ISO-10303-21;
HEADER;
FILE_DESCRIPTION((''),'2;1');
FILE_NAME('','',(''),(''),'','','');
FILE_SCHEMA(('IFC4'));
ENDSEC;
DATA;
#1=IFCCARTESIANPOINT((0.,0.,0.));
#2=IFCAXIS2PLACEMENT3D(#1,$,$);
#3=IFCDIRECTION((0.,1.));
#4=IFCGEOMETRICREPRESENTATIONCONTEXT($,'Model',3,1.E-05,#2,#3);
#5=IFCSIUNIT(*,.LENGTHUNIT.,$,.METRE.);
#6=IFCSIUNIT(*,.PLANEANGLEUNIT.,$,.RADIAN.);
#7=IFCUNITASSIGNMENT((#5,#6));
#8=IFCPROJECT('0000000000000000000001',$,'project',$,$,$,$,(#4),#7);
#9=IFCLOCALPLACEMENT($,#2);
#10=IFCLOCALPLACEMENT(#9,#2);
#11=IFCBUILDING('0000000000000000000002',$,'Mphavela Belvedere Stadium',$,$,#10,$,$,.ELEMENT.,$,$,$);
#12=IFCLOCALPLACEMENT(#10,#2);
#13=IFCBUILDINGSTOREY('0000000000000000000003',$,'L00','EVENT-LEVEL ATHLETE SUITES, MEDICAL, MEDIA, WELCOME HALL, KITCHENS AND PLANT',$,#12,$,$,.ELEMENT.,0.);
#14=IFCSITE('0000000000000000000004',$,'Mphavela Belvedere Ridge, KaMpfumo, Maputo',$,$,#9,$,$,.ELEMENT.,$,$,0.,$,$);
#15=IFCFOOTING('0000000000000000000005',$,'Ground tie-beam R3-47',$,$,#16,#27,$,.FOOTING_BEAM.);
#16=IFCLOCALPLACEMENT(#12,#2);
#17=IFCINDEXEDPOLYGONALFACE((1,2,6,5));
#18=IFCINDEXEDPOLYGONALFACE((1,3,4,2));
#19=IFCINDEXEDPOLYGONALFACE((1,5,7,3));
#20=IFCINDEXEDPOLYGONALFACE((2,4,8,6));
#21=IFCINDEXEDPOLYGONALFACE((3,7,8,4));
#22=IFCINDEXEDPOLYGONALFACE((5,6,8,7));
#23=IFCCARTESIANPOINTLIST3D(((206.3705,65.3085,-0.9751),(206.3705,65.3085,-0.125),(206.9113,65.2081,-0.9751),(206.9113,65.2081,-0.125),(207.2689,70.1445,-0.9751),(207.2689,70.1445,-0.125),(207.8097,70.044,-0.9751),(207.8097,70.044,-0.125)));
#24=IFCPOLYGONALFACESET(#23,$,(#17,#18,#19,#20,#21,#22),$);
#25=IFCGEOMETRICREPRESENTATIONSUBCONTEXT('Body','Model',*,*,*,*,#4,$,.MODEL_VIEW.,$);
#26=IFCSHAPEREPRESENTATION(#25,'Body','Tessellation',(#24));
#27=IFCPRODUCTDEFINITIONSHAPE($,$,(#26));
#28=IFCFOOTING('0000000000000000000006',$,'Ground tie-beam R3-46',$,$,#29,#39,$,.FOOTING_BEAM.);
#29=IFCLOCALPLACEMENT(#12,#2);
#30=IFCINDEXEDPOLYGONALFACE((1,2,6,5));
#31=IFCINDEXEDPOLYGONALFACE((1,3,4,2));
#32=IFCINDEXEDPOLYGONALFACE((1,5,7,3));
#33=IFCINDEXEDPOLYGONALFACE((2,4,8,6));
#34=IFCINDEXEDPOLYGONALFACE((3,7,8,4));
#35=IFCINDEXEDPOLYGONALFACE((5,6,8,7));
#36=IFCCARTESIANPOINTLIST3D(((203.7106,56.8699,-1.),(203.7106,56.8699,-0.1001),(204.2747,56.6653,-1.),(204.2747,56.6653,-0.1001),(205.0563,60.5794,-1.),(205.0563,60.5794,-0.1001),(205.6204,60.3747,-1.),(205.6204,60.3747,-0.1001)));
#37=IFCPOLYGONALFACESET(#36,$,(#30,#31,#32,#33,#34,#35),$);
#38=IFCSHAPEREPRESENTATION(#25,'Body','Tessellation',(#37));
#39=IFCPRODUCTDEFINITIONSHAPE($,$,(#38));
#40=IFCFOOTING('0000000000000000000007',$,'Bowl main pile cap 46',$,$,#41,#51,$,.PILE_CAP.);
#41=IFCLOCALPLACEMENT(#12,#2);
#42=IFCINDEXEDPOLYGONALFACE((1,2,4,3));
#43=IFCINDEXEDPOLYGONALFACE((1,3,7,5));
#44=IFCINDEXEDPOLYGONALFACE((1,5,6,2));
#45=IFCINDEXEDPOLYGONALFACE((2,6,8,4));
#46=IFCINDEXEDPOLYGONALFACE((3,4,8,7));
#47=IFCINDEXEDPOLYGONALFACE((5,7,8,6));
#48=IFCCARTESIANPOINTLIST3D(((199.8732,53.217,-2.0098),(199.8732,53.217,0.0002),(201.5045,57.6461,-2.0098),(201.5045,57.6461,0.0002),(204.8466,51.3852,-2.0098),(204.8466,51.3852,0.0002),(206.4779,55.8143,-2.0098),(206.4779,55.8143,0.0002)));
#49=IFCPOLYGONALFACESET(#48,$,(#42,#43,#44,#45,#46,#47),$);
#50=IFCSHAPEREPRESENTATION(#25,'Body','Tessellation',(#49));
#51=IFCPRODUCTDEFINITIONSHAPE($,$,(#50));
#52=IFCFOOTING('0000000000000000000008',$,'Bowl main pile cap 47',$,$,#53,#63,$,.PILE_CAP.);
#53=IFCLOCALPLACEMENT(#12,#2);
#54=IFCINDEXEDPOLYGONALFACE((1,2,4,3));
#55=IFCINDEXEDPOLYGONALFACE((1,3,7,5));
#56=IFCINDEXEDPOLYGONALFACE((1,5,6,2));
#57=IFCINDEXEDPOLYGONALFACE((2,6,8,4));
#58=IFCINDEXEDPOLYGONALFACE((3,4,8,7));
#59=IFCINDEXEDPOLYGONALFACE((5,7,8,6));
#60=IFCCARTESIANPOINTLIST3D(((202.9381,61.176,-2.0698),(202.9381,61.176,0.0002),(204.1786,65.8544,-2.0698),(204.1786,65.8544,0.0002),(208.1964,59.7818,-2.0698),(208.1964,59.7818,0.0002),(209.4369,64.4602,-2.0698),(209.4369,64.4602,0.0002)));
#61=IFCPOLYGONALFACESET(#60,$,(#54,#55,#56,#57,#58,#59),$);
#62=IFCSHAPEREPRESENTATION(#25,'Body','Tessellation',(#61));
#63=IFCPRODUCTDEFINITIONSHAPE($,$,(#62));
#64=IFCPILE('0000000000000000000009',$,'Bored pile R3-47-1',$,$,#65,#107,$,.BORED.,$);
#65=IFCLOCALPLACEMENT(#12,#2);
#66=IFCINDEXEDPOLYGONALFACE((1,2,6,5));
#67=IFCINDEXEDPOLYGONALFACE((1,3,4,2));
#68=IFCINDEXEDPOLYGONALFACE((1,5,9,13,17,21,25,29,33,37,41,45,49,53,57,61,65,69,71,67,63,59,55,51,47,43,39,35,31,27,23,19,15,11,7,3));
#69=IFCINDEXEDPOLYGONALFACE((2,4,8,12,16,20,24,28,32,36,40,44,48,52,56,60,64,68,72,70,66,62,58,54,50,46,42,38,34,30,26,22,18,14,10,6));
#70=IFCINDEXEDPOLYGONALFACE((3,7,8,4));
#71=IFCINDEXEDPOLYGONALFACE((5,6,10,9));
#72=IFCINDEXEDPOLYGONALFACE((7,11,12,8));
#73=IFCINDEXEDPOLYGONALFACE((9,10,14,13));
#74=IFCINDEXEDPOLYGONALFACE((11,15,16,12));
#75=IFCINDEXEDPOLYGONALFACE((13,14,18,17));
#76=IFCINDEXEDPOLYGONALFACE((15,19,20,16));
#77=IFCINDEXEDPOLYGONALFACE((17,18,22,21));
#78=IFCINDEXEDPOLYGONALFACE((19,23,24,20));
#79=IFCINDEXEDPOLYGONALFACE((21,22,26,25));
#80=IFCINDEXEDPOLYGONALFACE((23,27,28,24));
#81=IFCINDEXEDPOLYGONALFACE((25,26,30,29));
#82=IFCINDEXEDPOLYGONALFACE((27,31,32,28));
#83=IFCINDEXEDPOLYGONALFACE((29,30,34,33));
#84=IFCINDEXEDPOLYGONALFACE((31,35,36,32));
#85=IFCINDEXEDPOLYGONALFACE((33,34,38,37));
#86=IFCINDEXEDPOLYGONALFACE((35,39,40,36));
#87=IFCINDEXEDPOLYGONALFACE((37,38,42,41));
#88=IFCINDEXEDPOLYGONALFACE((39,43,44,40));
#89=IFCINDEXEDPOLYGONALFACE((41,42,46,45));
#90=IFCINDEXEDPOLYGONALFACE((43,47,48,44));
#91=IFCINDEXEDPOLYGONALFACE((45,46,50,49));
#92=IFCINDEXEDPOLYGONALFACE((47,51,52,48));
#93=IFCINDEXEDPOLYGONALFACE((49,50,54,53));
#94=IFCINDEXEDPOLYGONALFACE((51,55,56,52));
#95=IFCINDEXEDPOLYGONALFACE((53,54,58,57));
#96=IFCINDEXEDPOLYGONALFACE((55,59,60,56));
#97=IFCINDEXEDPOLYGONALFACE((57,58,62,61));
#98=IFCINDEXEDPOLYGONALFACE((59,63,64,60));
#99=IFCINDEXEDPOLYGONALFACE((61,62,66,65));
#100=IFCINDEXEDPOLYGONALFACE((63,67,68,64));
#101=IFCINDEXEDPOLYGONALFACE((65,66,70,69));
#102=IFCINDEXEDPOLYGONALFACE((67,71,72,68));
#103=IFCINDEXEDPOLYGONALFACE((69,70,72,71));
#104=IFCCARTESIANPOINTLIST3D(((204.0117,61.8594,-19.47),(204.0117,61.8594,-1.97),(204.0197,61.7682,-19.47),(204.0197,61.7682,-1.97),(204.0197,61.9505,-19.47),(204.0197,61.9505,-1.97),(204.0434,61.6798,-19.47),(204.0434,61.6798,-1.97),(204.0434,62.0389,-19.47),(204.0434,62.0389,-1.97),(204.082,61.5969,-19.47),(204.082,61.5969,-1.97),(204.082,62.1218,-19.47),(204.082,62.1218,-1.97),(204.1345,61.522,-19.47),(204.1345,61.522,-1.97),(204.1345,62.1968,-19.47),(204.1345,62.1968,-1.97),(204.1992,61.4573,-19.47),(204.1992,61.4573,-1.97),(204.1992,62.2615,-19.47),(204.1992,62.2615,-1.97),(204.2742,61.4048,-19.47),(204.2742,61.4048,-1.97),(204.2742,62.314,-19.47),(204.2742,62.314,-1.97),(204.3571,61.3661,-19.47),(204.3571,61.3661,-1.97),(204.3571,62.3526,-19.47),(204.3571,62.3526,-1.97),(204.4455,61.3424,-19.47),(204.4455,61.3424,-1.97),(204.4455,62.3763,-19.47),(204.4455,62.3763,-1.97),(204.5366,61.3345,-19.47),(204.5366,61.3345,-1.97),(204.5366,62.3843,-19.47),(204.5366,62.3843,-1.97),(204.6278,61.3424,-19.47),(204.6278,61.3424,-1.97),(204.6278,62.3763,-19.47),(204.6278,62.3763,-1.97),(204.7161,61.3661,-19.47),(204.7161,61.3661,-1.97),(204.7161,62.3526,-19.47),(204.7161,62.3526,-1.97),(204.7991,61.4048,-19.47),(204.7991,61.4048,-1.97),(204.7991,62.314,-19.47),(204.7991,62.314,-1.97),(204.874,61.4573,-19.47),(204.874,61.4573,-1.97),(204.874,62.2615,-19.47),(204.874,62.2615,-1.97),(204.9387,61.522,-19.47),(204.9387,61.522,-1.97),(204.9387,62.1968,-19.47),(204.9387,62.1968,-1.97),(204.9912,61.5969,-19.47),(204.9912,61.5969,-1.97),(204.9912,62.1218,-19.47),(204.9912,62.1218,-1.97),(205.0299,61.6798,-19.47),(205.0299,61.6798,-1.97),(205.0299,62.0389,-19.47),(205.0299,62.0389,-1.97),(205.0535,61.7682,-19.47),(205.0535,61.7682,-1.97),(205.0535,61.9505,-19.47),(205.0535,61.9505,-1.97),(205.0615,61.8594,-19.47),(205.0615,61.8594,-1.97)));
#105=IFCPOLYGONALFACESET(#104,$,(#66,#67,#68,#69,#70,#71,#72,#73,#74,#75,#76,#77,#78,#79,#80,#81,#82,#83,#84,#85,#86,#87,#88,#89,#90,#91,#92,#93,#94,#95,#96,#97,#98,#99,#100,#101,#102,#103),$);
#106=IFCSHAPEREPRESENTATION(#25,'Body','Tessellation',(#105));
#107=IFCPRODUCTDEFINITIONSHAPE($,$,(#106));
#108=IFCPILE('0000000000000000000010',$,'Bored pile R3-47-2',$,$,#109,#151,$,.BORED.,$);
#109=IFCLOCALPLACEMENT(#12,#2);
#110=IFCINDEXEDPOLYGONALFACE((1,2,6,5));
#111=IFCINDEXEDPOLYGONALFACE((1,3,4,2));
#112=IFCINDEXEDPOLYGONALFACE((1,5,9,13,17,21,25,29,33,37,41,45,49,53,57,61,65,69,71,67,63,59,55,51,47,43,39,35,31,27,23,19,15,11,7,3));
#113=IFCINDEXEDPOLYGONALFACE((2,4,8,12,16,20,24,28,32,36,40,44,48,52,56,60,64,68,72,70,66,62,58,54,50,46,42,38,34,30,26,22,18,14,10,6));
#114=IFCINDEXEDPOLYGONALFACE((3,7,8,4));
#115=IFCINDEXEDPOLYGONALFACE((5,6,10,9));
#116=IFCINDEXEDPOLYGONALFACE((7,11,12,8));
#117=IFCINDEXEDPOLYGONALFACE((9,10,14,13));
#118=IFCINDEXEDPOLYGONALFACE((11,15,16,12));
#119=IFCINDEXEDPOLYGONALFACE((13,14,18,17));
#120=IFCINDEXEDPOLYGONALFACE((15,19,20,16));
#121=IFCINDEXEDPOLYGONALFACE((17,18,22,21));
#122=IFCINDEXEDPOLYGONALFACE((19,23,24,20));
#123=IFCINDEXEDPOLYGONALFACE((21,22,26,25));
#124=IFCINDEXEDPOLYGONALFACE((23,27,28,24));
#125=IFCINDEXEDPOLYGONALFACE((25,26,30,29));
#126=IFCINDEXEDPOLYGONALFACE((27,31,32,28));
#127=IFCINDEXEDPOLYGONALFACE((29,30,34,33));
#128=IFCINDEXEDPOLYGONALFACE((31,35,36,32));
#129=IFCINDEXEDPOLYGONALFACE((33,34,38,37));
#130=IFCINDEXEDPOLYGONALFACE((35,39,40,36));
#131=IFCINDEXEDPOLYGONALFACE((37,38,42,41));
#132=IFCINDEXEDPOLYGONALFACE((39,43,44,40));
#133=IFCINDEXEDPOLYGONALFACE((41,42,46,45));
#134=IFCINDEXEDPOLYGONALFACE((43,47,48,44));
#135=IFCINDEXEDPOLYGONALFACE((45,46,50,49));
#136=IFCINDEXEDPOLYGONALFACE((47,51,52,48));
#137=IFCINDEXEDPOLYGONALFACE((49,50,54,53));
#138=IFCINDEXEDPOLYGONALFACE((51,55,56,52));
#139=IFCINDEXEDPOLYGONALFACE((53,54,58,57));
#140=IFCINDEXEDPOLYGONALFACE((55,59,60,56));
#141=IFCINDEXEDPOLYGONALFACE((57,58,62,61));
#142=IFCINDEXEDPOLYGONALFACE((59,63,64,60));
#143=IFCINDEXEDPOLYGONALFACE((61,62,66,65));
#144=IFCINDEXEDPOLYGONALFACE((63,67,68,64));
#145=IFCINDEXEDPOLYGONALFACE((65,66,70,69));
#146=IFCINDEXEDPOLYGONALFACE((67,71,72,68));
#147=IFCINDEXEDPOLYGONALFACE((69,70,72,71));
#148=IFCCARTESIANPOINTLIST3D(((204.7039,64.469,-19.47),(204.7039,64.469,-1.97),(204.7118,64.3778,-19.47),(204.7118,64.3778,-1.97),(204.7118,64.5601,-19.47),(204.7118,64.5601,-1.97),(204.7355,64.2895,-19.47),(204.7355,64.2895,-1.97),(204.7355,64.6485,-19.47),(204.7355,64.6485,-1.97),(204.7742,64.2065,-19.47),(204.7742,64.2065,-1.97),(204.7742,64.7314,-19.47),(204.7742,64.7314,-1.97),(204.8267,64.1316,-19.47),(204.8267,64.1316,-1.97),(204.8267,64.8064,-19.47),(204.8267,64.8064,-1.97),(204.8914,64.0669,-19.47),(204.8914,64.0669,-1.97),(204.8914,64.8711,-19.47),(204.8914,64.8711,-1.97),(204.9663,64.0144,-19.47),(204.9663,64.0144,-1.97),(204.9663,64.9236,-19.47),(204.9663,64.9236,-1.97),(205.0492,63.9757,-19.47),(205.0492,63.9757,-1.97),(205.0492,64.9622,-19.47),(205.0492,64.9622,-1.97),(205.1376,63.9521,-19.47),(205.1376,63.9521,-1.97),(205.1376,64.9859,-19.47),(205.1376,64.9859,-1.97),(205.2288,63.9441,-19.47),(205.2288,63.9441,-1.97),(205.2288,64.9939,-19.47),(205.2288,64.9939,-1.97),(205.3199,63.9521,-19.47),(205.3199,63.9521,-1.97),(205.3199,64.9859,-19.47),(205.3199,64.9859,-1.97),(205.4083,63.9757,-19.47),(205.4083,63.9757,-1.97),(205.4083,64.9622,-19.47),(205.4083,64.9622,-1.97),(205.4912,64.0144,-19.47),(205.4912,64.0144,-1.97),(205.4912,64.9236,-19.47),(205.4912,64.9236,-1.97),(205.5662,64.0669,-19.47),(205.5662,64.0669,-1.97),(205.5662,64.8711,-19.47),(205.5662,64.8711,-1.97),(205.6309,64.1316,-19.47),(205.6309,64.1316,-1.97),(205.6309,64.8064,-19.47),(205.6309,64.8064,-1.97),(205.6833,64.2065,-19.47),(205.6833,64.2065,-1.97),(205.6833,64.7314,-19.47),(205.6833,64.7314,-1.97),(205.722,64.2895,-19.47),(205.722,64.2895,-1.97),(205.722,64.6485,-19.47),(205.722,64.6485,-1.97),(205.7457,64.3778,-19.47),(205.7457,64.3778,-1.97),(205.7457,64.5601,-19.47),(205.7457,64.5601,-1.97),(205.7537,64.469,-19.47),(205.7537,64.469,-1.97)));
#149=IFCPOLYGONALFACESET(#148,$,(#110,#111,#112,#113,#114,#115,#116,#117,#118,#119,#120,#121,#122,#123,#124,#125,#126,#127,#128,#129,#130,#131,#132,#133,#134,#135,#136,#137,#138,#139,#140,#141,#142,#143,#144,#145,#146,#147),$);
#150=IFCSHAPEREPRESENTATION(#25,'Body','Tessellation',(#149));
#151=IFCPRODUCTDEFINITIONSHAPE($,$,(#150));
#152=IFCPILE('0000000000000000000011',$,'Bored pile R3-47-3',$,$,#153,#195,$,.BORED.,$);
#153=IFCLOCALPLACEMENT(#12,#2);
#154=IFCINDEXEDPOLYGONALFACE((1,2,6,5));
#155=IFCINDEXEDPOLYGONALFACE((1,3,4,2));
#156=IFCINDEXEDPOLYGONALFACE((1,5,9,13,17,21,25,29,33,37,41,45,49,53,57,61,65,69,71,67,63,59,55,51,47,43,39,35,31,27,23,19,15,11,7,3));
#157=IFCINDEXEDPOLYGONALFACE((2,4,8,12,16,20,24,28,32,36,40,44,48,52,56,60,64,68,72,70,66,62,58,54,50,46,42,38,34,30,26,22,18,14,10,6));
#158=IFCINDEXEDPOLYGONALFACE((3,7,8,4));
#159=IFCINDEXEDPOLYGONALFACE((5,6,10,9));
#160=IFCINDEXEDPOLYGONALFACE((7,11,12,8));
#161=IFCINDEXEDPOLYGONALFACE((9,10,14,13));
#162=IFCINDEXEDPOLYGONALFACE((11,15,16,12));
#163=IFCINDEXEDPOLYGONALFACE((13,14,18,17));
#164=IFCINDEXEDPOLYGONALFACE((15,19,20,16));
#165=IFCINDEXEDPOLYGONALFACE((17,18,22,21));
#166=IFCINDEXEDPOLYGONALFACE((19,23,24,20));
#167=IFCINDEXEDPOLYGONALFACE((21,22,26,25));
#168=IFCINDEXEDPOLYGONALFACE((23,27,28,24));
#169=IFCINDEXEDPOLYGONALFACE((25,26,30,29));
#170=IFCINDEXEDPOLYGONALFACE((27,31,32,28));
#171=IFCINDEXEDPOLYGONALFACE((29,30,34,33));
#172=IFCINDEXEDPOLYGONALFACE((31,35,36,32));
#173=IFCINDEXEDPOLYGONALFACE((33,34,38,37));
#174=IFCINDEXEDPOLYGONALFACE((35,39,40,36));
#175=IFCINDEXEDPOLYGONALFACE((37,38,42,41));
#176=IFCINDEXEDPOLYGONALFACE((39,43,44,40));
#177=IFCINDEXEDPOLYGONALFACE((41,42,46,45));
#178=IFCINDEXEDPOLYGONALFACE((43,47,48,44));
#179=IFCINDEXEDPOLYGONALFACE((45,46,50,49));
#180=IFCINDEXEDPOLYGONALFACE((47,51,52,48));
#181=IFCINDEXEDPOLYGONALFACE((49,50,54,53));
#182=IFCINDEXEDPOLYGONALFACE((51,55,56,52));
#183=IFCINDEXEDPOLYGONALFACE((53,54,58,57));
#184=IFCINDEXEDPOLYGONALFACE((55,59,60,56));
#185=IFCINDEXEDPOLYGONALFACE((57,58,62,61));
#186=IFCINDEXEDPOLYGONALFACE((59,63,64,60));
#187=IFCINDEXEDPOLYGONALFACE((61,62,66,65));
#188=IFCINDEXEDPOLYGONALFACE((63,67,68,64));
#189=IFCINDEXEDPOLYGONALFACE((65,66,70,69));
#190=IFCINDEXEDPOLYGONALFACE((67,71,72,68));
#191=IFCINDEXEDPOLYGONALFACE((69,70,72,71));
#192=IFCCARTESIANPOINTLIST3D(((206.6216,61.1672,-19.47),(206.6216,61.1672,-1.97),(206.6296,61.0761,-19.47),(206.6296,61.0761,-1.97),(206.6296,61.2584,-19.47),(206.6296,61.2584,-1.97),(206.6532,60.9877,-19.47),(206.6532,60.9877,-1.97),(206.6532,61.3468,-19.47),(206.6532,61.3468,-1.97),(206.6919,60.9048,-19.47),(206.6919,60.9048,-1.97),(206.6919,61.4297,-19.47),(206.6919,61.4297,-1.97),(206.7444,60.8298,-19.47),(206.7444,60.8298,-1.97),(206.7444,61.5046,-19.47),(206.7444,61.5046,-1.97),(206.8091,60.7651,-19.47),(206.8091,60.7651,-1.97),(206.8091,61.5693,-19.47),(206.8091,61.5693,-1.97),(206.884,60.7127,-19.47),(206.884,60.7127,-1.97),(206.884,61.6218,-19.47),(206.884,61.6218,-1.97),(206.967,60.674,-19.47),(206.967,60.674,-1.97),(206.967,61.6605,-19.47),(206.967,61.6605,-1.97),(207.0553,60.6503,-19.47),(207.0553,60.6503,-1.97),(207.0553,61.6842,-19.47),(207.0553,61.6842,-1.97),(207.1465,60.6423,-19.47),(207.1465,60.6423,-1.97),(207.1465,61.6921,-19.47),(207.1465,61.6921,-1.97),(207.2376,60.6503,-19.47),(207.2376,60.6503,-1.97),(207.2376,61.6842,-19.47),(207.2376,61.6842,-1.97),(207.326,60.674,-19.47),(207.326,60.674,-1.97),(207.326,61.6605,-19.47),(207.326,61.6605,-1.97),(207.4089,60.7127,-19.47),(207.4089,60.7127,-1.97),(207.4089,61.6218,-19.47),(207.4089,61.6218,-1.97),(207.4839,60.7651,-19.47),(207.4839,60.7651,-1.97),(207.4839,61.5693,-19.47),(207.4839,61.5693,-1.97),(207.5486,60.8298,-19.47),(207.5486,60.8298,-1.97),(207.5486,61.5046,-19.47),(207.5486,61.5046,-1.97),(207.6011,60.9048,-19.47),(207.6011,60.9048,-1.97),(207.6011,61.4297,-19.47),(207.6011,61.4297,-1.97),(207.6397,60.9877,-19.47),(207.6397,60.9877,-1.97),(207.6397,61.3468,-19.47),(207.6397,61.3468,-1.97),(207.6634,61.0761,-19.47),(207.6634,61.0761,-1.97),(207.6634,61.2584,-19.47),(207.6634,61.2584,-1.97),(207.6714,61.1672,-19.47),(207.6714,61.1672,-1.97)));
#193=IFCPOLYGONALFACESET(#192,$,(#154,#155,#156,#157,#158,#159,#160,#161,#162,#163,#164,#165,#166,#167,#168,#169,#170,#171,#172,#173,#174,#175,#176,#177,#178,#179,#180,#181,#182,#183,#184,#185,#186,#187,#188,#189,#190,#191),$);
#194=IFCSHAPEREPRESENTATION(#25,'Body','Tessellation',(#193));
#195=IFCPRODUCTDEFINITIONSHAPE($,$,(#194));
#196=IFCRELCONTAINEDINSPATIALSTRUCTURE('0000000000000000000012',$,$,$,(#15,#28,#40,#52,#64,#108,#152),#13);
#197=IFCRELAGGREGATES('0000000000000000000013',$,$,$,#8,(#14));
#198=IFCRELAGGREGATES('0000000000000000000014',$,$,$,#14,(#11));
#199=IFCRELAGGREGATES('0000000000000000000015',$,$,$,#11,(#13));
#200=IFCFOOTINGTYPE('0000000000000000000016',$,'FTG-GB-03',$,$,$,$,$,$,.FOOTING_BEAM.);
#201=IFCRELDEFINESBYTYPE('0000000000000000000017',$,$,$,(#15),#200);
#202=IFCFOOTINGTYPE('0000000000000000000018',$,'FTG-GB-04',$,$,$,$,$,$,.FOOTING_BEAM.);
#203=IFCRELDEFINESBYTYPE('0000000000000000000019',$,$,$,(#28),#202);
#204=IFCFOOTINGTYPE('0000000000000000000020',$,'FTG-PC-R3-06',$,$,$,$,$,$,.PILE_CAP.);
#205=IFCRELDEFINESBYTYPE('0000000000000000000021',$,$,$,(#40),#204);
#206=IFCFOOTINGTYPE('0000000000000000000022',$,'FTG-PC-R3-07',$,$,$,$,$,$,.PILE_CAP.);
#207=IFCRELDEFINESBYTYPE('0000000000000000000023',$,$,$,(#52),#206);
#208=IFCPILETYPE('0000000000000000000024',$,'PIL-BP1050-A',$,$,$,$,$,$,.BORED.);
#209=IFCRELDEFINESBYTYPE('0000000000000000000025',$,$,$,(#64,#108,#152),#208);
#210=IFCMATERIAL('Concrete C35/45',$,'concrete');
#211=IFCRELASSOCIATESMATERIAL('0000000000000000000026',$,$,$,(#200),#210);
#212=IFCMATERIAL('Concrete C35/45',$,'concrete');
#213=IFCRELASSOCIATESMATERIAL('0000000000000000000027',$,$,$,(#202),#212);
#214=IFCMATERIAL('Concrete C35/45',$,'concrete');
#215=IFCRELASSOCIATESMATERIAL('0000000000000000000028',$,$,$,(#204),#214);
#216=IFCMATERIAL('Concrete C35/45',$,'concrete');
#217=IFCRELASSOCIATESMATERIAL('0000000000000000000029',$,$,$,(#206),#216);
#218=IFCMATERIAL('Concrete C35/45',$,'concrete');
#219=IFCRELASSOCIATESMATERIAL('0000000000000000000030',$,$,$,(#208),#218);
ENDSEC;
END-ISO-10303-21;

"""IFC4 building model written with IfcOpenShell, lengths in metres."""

from ifc_helpers import new_model, si_unit, direction, frame, origin, origin_2d, place, context, subcontext, project, spatial, rectangle, circle, extrude, material, material_profile, profile_set, type_object, element, save


model = new_model("IFC4")

# Units and contexts
model_context = context("Model", 3, precision=1e-05, world=origin(), true_north=direction((0.0, 1.0)))
body_context = subcontext(model_context, "Body", "Model", "MODEL_VIEW")
ifc_project = project(units=[si_unit("LENGTHUNIT", "METRE"), si_unit("PLANEANGLEUNIT", "RADIAN")], contexts=[model_context])

# Site, building, storey
site_placement = place(None, origin())
site = spatial("IfcSite", under=ifc_project, at=site_placement, Name="Mphavela Belvedere Ridge, KaMpfumo, Maputo", CompositionType="ELEMENT", RefElevation=0.0)
building_placement = place(site_placement, origin())
building = spatial("IfcBuilding", under=site, at=building_placement, Name="Mphavela Belvedere Stadium", CompositionType="ELEMENT")
storey_placement = place(building_placement, origin())
storey = spatial("IfcBuildingStorey", under=building, at=storey_placement, Name="L00", Description="EVENT-LEVEL ATHLETE SUITES, MEDICAL, MEDIA, WELCOME HALL, KITCHENS AND PLANT", CompositionType="ELEMENT", Elevation=0.0)

# Footings
ifc_material_1 = material(Name="Concrete C35/45", Category="concrete")
ifc_material_profile_1 = material_profile(ifc_material_1, rectangle(XDim=0.55, YDim=0.8501, at=origin_2d()), Name="GB 550x850")
ifc_profile_set_1 = profile_set([ifc_material_profile_1], Name="Concrete C35/45")
footing_type_1 = type_object("IfcFootingType", Name="FTG-GB-03", PredefinedType="FOOTING_BEAM", material=ifc_profile_set_1)
footing_1_placement = place(storey_placement, frame((206.6409, 65.2583, -0.55), z_axis=(0.182658, 0.983177, 0.0), x_axis=(-0.983177, 0.182658, 0.0)))
element("IfcFooting", 1, at=footing_1_placement, inside=storey, type_object=footing_type_1, Name="Ground tie-beam R3-47", PredefinedType="FOOTING_BEAM", context=body_context, shape_type="SweptSolid", body=[
    extrude(rectangle(XDim=0.55, YDim=0.8501, at=origin_2d()), origin(), (0.0, 0.0, 1.0), 4.9187),
])
ifc_material_2 = material(Name="Concrete C35/45", Category="concrete")
ifc_material_profile_2 = material_profile(ifc_material_2, rectangle(XDim=0.6001, YDim=0.8999, at=origin_2d()), Name="GB 600x900")
ifc_profile_set_2 = profile_set([ifc_material_profile_2], Name="Concrete C35/45")
footing_type_2 = type_object("IfcFootingType", Name="FTG-GB-04", PredefinedType="FOOTING_BEAM", material=ifc_profile_set_2)
footing_2_placement = place(storey_placement, frame((203.9927, 56.7676, -0.55), z_axis=(0.341028, 0.940053, 0.0), x_axis=(-0.940053, 0.341028, 0.0)))
element("IfcFooting", 2, at=footing_2_placement, inside=storey, type_object=footing_type_2, Name="Ground tie-beam R3-46", PredefinedType="FOOTING_BEAM", context=body_context, shape_type="SweptSolid", body=[
    extrude(rectangle(XDim=0.6001, YDim=0.8999, at=origin_2d()), origin(), (0.0, 0.0, 1.0), 3.946),
])
ifc_material_3 = material(Name="Concrete C35/45", Category="concrete")
footing_type_3 = type_object("IfcFootingType", Name="FTG-PC-R3-06", PredefinedType="PILE_CAP", material=ifc_material_3)
footing_3_placement = place(storey_placement, frame((203.1755, 54.5156, -2.0098), z_axis=(0.0, 0.0, 1.0), x_axis=(0.938372, -0.345626, 0.0)))
element("IfcFooting", 3, at=footing_3_placement, inside=storey, type_object=footing_type_3, Name="Bowl main pile cap 46", PredefinedType="PILE_CAP", context=body_context, shape_type="SweptSolid", body=[
    extrude(rectangle(XDim=5.3, YDim=4.72, at=origin_2d()), origin(), (0.0, 0.0, 1.0), 2.01),
])
ifc_material_4 = material(Name="Concrete C35/45", Category="concrete")
footing_type_4 = type_object("IfcFootingType", Name="FTG-PC-R3-07", PredefinedType="PILE_CAP", material=ifc_material_4)
footing_4_placement = place(storey_placement, frame((206.1875, 62.8181, -2.0698), z_axis=(0.0, 0.0, 1.0), x_axis=(0.9666, -0.256289, 0.0)))
element("IfcFooting", 4, at=footing_4_placement, inside=storey, type_object=footing_type_4, Name="Bowl main pile cap 47", PredefinedType="PILE_CAP", context=body_context, shape_type="SweptSolid", body=[
    extrude(rectangle(XDim=5.4399, YDim=4.8401, at=origin_2d()), origin(), (0.0, 0.0, 1.0), 2.0701),
])

# Piles
ifc_material_5 = material(Name="Concrete C35/45", Category="concrete")
ifc_material_profile_3 = material_profile(ifc_material_5, circle(Radius=0.5249, at=origin_2d()), Name="BP D1050")
ifc_profile_set_3 = profile_set([ifc_material_profile_3], Name="Concrete C35/45")
pile_type_1 = type_object("IfcPileType", Name="PIL-BP1050-A", PredefinedType="BORED", material=ifc_profile_set_3)
for number, where, z_axis, x_axis, name in (
    (5, (204.5366, 61.8594, -1.97), (0.0, 0.0, -1.0), (1.0, 0.0, 0.0), "Bored pile R3-47-1"),
    (6, (205.2288, 64.469, -1.97), (0.0, 0.0, -1.0), (1.0, 0.0, 0.0), "Bored pile R3-47-2"),
    (7, (207.1465, 61.1672, -1.97), (0.0, 0.0, -1.0), (1.0, 0.0, 0.0), "Bored pile R3-47-3"),
):
    element("IfcPile", number, at=place(storey_placement, frame(where, z_axis=z_axis, x_axis=x_axis)), inside=storey, type_object=pile_type_1, Name=name, PredefinedType="BORED", context=body_context, shape_type="SweptSolid", body=[
        extrude(circle(Radius=0.5249, at=origin_2d()), origin(), (0.0, 0.0, 1.0), 17.5),
    ])

save(model, "model.ifc")
